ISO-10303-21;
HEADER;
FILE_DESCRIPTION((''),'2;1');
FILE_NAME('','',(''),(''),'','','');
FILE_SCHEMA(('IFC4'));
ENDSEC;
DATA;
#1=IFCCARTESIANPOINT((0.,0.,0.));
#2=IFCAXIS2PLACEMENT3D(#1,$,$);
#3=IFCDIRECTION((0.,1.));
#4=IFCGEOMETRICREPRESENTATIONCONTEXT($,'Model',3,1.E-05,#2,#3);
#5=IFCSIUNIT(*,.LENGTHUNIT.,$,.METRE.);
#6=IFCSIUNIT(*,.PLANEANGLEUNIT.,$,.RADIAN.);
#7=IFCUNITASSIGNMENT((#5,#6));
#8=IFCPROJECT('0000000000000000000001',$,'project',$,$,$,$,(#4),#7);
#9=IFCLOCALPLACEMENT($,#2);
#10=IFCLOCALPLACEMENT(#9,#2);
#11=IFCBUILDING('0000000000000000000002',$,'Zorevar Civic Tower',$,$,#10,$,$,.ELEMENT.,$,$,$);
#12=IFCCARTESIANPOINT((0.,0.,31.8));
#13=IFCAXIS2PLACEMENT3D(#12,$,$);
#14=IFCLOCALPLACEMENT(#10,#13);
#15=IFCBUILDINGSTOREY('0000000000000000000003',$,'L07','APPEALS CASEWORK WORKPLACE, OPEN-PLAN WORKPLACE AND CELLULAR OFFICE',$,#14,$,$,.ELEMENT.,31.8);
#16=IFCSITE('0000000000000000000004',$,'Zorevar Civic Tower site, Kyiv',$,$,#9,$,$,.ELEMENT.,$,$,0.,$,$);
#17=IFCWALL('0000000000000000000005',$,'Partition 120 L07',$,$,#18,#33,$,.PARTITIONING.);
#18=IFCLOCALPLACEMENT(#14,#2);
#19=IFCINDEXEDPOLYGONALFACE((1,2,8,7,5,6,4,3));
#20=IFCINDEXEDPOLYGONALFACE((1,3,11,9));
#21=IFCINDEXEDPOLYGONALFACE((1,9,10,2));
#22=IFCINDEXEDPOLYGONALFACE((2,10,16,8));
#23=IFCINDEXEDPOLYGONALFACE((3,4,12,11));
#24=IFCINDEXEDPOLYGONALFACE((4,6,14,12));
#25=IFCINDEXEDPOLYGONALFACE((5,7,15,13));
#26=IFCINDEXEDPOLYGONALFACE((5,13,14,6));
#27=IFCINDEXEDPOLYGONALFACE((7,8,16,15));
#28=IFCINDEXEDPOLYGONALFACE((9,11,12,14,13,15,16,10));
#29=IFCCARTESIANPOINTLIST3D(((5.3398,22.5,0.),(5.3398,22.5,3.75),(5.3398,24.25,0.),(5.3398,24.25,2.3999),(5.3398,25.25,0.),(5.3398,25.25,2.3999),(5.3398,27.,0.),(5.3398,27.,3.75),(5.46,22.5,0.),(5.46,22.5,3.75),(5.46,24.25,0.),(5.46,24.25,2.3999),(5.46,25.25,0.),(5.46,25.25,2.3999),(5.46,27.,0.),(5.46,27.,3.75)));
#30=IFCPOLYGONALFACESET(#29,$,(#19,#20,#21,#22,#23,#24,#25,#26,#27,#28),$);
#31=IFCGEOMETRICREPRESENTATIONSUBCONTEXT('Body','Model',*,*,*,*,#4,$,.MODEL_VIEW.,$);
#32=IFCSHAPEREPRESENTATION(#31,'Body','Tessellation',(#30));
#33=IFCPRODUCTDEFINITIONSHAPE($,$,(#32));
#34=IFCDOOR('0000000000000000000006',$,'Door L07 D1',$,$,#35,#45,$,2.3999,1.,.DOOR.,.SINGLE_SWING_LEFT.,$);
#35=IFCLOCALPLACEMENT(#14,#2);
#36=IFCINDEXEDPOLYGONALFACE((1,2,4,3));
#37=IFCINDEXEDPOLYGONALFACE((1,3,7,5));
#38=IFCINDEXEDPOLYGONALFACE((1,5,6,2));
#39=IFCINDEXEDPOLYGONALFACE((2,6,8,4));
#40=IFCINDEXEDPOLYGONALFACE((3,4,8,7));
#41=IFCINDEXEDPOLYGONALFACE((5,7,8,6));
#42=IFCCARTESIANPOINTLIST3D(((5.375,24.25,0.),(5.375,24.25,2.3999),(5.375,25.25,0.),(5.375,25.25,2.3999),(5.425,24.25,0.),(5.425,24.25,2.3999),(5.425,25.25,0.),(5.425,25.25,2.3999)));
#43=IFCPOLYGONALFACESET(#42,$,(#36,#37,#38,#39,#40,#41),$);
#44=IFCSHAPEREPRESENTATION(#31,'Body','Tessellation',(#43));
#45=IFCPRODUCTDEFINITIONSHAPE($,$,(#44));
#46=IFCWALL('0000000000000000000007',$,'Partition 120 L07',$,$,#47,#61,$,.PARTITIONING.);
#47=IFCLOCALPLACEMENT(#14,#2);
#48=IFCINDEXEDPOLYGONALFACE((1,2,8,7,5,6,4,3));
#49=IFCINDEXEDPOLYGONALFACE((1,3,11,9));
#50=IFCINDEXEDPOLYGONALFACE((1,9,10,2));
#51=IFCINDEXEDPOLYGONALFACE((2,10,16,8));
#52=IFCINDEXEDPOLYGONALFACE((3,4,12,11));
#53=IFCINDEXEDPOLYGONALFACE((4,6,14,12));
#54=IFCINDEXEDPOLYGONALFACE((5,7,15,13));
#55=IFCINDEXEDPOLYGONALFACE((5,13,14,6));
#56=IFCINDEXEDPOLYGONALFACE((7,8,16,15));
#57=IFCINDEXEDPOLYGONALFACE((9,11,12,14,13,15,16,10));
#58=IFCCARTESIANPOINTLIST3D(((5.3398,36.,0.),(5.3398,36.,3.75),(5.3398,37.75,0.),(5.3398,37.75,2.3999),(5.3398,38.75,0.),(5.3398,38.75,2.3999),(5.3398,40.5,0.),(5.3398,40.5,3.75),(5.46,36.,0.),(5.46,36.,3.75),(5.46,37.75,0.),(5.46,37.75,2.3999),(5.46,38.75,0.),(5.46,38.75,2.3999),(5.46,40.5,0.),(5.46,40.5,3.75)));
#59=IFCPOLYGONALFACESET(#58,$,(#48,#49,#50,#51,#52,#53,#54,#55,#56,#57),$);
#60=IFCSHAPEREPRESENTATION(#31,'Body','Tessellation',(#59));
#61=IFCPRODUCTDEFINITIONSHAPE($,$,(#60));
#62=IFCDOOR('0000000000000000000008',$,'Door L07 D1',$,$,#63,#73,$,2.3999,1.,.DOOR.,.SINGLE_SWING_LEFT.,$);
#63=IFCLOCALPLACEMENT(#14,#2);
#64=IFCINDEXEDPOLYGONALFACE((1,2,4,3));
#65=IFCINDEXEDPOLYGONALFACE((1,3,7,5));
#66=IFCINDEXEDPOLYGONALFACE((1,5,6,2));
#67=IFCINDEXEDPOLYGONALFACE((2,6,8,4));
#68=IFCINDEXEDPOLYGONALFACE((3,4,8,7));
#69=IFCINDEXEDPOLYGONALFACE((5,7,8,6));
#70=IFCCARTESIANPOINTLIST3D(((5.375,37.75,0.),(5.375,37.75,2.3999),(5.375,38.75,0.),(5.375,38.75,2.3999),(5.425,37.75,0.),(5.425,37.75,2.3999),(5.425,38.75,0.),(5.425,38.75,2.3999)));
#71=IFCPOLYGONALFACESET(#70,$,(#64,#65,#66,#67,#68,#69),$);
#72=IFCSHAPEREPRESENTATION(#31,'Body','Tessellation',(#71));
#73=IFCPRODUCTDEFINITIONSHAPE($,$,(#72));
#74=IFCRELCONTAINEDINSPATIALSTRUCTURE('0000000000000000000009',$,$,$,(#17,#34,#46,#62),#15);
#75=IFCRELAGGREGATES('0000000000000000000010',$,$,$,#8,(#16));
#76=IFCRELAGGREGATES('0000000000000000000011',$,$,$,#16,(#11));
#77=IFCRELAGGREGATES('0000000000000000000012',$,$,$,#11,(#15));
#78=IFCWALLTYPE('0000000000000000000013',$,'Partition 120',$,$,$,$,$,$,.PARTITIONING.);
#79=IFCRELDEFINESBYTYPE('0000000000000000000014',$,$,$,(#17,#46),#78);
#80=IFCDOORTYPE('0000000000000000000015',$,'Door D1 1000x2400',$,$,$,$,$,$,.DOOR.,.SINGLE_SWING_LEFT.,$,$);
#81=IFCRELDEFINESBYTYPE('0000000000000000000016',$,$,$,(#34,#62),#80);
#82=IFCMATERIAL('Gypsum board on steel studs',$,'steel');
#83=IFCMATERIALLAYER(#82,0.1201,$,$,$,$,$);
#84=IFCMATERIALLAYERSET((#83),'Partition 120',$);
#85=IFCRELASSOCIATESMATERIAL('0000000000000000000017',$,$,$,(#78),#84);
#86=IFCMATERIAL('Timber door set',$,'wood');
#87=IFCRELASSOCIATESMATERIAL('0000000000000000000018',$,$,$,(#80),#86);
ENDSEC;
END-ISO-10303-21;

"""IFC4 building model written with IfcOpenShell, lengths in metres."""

from ifc_helpers import new_model, si_unit, direction, frame, frame_2d, origin, place, context, subcontext, project, spatial, rectangle, extrude, material, layer, layer_set, type_object, element, fill, save


model = new_model("IFC4")

# Units and contexts
model_context = context("Model", 3, precision=1e-05, world=origin(), true_north=direction((0.0, 1.0)))
body_context = subcontext(model_context, "Body", "Model", "MODEL_VIEW")
ifc_project = project(units=[si_unit("LENGTHUNIT", "METRE"), si_unit("PLANEANGLEUNIT", "RADIAN")], contexts=[model_context])

# Site, building, storey
site_placement = place(None, origin())
site = spatial("IfcSite", under=ifc_project, at=site_placement, Name="Zorevar Civic Tower site, Kyiv", CompositionType="ELEMENT", RefElevation=0.0)
building_placement = place(site_placement, origin())
building = spatial("IfcBuilding", under=site, at=building_placement, Name="Zorevar Civic Tower", CompositionType="ELEMENT")
storey_placement = place(building_placement, frame((0.0, 0.0, 31.8)))
storey = spatial("IfcBuildingStorey", under=building, at=storey_placement, Name="L07", Description="APPEALS CASEWORK WORKPLACE, OPEN-PLAN WORKPLACE AND CELLULAR OFFICE", CompositionType="ELEMENT", Elevation=31.8)

# Walls, openings, doors
ifc_material_1 = material(Name="Gypsum board on steel studs", Category="steel")
ifc_layer_1 = layer(ifc_material_1, 0.1201)
ifc_layer_set_1 = layer_set([ifc_layer_1], Name="Partition 120")
wall_type_1 = type_object("IfcWallType", Name="Partition 120", PredefinedType="PARTITIONING", material=ifc_layer_set_1)
ifc_material_2 = material(Name="Timber door set", Category="wood")
door_type = type_object("IfcDoorType", Name="Door D1 1000x2400", OperationType="SINGLE_SWING_LEFT", PredefinedType="DOOR", material=ifc_material_2)
wall_1_placement = place(storey_placement, frame((5.3999, 22.5, 0.0), z_axis=(0.0, 0.0, 1.0), x_axis=(0.0, 1.0, 0.0)))
wall_1 = element("IfcWall", 1, at=wall_1_placement, inside=storey, type_object=wall_type_1, Name="Partition 120 L07", PredefinedType="PARTITIONING", context=body_context, shape_type="SweptSolid", body=[
    extrude(rectangle(XDim=4.5, YDim=0.1201, at=frame_2d((2.25, 0.0))), origin(), (0.0, 0.0, 1.0), 3.75),
])
opening_1_placement = place(wall_1_placement, frame((1.75, 0.0, 0.0)))
opening_1 = element("IfcOpeningElement", 2, at=opening_1_placement, cuts=wall_1, PredefinedType="OPENING", context=body_context, shape_type="SweptSolid", body=[
    extrude(rectangle(XDim=1.0, YDim=2.3999, at=frame_2d((0.5, 1.2))), frame((0.0, 0.0701, 0.0), z_axis=(0.0, -1.0, 0.0), x_axis=(1.0, 0.0, 0.0)), (0.0, 0.0, 1.0), 0.1401),
])
door_1_placement = place(opening_1_placement, origin())
door_1 = element("IfcDoor", 3, at=door_1_placement, inside=storey, type_object=door_type, Name="Door L07 D1", OperationType="SINGLE_SWING_LEFT", OverallHeight=2.3999, OverallWidth=1.0, PredefinedType="DOOR", context=body_context, shape_type="SweptSolid", body=[
    extrude(rectangle(XDim=1.0, YDim=2.3999, at=frame_2d((0.5, 1.2))), frame((0.0, 0.0249, 0.0), z_axis=(0.0, -1.0, 0.0), x_axis=(1.0, 0.0, 0.0)), (0.0, 0.0, 1.0), 0.05),
])
fill(opening_1, door_1)
wall_2_placement = place(storey_placement, frame((5.3999, 36.0, 0.0), z_axis=(0.0, 0.0, 1.0), x_axis=(0.0, 1.0, 0.0)))
wall_2 = element("IfcWall", 4, at=wall_2_placement, inside=storey, type_object=wall_type_1, Name="Partition 120 L07", PredefinedType="PARTITIONING", context=body_context, shape_type="SweptSolid", body=[
    extrude(rectangle(XDim=4.5, YDim=0.1201, at=frame_2d((2.25, 0.0))), origin(), (0.0, 0.0, 1.0), 3.75),
])
opening_2_placement = place(wall_2_placement, frame((1.75, 0.0, 0.0)))
opening_2 = element("IfcOpeningElement", 5, at=opening_2_placement, cuts=wall_2, PredefinedType="OPENING", context=body_context, shape_type="SweptSolid", body=[
    extrude(rectangle(XDim=1.0, YDim=2.3999, at=frame_2d((0.5, 1.2))), frame((0.0, 0.0701, 0.0), z_axis=(0.0, -1.0, 0.0), x_axis=(1.0, 0.0, 0.0)), (0.0, 0.0, 1.0), 0.1401),
])
door_2_placement = place(opening_2_placement, origin())
door_2 = element("IfcDoor", 6, at=door_2_placement, inside=storey, type_object=door_type, Name="Door L07 D1", OperationType="SINGLE_SWING_LEFT", OverallHeight=2.3999, OverallWidth=1.0, PredefinedType="DOOR", context=body_context, shape_type="SweptSolid", body=[
    extrude(rectangle(XDim=1.0, YDim=2.3999, at=frame_2d((0.5, 1.2))), frame((0.0, 0.0249, 0.0), z_axis=(0.0, -1.0, 0.0), x_axis=(1.0, 0.0, 0.0)), (0.0, 0.0, 1.0), 0.05),
])
fill(opening_2, door_2)

save(model, "model.ifc")
